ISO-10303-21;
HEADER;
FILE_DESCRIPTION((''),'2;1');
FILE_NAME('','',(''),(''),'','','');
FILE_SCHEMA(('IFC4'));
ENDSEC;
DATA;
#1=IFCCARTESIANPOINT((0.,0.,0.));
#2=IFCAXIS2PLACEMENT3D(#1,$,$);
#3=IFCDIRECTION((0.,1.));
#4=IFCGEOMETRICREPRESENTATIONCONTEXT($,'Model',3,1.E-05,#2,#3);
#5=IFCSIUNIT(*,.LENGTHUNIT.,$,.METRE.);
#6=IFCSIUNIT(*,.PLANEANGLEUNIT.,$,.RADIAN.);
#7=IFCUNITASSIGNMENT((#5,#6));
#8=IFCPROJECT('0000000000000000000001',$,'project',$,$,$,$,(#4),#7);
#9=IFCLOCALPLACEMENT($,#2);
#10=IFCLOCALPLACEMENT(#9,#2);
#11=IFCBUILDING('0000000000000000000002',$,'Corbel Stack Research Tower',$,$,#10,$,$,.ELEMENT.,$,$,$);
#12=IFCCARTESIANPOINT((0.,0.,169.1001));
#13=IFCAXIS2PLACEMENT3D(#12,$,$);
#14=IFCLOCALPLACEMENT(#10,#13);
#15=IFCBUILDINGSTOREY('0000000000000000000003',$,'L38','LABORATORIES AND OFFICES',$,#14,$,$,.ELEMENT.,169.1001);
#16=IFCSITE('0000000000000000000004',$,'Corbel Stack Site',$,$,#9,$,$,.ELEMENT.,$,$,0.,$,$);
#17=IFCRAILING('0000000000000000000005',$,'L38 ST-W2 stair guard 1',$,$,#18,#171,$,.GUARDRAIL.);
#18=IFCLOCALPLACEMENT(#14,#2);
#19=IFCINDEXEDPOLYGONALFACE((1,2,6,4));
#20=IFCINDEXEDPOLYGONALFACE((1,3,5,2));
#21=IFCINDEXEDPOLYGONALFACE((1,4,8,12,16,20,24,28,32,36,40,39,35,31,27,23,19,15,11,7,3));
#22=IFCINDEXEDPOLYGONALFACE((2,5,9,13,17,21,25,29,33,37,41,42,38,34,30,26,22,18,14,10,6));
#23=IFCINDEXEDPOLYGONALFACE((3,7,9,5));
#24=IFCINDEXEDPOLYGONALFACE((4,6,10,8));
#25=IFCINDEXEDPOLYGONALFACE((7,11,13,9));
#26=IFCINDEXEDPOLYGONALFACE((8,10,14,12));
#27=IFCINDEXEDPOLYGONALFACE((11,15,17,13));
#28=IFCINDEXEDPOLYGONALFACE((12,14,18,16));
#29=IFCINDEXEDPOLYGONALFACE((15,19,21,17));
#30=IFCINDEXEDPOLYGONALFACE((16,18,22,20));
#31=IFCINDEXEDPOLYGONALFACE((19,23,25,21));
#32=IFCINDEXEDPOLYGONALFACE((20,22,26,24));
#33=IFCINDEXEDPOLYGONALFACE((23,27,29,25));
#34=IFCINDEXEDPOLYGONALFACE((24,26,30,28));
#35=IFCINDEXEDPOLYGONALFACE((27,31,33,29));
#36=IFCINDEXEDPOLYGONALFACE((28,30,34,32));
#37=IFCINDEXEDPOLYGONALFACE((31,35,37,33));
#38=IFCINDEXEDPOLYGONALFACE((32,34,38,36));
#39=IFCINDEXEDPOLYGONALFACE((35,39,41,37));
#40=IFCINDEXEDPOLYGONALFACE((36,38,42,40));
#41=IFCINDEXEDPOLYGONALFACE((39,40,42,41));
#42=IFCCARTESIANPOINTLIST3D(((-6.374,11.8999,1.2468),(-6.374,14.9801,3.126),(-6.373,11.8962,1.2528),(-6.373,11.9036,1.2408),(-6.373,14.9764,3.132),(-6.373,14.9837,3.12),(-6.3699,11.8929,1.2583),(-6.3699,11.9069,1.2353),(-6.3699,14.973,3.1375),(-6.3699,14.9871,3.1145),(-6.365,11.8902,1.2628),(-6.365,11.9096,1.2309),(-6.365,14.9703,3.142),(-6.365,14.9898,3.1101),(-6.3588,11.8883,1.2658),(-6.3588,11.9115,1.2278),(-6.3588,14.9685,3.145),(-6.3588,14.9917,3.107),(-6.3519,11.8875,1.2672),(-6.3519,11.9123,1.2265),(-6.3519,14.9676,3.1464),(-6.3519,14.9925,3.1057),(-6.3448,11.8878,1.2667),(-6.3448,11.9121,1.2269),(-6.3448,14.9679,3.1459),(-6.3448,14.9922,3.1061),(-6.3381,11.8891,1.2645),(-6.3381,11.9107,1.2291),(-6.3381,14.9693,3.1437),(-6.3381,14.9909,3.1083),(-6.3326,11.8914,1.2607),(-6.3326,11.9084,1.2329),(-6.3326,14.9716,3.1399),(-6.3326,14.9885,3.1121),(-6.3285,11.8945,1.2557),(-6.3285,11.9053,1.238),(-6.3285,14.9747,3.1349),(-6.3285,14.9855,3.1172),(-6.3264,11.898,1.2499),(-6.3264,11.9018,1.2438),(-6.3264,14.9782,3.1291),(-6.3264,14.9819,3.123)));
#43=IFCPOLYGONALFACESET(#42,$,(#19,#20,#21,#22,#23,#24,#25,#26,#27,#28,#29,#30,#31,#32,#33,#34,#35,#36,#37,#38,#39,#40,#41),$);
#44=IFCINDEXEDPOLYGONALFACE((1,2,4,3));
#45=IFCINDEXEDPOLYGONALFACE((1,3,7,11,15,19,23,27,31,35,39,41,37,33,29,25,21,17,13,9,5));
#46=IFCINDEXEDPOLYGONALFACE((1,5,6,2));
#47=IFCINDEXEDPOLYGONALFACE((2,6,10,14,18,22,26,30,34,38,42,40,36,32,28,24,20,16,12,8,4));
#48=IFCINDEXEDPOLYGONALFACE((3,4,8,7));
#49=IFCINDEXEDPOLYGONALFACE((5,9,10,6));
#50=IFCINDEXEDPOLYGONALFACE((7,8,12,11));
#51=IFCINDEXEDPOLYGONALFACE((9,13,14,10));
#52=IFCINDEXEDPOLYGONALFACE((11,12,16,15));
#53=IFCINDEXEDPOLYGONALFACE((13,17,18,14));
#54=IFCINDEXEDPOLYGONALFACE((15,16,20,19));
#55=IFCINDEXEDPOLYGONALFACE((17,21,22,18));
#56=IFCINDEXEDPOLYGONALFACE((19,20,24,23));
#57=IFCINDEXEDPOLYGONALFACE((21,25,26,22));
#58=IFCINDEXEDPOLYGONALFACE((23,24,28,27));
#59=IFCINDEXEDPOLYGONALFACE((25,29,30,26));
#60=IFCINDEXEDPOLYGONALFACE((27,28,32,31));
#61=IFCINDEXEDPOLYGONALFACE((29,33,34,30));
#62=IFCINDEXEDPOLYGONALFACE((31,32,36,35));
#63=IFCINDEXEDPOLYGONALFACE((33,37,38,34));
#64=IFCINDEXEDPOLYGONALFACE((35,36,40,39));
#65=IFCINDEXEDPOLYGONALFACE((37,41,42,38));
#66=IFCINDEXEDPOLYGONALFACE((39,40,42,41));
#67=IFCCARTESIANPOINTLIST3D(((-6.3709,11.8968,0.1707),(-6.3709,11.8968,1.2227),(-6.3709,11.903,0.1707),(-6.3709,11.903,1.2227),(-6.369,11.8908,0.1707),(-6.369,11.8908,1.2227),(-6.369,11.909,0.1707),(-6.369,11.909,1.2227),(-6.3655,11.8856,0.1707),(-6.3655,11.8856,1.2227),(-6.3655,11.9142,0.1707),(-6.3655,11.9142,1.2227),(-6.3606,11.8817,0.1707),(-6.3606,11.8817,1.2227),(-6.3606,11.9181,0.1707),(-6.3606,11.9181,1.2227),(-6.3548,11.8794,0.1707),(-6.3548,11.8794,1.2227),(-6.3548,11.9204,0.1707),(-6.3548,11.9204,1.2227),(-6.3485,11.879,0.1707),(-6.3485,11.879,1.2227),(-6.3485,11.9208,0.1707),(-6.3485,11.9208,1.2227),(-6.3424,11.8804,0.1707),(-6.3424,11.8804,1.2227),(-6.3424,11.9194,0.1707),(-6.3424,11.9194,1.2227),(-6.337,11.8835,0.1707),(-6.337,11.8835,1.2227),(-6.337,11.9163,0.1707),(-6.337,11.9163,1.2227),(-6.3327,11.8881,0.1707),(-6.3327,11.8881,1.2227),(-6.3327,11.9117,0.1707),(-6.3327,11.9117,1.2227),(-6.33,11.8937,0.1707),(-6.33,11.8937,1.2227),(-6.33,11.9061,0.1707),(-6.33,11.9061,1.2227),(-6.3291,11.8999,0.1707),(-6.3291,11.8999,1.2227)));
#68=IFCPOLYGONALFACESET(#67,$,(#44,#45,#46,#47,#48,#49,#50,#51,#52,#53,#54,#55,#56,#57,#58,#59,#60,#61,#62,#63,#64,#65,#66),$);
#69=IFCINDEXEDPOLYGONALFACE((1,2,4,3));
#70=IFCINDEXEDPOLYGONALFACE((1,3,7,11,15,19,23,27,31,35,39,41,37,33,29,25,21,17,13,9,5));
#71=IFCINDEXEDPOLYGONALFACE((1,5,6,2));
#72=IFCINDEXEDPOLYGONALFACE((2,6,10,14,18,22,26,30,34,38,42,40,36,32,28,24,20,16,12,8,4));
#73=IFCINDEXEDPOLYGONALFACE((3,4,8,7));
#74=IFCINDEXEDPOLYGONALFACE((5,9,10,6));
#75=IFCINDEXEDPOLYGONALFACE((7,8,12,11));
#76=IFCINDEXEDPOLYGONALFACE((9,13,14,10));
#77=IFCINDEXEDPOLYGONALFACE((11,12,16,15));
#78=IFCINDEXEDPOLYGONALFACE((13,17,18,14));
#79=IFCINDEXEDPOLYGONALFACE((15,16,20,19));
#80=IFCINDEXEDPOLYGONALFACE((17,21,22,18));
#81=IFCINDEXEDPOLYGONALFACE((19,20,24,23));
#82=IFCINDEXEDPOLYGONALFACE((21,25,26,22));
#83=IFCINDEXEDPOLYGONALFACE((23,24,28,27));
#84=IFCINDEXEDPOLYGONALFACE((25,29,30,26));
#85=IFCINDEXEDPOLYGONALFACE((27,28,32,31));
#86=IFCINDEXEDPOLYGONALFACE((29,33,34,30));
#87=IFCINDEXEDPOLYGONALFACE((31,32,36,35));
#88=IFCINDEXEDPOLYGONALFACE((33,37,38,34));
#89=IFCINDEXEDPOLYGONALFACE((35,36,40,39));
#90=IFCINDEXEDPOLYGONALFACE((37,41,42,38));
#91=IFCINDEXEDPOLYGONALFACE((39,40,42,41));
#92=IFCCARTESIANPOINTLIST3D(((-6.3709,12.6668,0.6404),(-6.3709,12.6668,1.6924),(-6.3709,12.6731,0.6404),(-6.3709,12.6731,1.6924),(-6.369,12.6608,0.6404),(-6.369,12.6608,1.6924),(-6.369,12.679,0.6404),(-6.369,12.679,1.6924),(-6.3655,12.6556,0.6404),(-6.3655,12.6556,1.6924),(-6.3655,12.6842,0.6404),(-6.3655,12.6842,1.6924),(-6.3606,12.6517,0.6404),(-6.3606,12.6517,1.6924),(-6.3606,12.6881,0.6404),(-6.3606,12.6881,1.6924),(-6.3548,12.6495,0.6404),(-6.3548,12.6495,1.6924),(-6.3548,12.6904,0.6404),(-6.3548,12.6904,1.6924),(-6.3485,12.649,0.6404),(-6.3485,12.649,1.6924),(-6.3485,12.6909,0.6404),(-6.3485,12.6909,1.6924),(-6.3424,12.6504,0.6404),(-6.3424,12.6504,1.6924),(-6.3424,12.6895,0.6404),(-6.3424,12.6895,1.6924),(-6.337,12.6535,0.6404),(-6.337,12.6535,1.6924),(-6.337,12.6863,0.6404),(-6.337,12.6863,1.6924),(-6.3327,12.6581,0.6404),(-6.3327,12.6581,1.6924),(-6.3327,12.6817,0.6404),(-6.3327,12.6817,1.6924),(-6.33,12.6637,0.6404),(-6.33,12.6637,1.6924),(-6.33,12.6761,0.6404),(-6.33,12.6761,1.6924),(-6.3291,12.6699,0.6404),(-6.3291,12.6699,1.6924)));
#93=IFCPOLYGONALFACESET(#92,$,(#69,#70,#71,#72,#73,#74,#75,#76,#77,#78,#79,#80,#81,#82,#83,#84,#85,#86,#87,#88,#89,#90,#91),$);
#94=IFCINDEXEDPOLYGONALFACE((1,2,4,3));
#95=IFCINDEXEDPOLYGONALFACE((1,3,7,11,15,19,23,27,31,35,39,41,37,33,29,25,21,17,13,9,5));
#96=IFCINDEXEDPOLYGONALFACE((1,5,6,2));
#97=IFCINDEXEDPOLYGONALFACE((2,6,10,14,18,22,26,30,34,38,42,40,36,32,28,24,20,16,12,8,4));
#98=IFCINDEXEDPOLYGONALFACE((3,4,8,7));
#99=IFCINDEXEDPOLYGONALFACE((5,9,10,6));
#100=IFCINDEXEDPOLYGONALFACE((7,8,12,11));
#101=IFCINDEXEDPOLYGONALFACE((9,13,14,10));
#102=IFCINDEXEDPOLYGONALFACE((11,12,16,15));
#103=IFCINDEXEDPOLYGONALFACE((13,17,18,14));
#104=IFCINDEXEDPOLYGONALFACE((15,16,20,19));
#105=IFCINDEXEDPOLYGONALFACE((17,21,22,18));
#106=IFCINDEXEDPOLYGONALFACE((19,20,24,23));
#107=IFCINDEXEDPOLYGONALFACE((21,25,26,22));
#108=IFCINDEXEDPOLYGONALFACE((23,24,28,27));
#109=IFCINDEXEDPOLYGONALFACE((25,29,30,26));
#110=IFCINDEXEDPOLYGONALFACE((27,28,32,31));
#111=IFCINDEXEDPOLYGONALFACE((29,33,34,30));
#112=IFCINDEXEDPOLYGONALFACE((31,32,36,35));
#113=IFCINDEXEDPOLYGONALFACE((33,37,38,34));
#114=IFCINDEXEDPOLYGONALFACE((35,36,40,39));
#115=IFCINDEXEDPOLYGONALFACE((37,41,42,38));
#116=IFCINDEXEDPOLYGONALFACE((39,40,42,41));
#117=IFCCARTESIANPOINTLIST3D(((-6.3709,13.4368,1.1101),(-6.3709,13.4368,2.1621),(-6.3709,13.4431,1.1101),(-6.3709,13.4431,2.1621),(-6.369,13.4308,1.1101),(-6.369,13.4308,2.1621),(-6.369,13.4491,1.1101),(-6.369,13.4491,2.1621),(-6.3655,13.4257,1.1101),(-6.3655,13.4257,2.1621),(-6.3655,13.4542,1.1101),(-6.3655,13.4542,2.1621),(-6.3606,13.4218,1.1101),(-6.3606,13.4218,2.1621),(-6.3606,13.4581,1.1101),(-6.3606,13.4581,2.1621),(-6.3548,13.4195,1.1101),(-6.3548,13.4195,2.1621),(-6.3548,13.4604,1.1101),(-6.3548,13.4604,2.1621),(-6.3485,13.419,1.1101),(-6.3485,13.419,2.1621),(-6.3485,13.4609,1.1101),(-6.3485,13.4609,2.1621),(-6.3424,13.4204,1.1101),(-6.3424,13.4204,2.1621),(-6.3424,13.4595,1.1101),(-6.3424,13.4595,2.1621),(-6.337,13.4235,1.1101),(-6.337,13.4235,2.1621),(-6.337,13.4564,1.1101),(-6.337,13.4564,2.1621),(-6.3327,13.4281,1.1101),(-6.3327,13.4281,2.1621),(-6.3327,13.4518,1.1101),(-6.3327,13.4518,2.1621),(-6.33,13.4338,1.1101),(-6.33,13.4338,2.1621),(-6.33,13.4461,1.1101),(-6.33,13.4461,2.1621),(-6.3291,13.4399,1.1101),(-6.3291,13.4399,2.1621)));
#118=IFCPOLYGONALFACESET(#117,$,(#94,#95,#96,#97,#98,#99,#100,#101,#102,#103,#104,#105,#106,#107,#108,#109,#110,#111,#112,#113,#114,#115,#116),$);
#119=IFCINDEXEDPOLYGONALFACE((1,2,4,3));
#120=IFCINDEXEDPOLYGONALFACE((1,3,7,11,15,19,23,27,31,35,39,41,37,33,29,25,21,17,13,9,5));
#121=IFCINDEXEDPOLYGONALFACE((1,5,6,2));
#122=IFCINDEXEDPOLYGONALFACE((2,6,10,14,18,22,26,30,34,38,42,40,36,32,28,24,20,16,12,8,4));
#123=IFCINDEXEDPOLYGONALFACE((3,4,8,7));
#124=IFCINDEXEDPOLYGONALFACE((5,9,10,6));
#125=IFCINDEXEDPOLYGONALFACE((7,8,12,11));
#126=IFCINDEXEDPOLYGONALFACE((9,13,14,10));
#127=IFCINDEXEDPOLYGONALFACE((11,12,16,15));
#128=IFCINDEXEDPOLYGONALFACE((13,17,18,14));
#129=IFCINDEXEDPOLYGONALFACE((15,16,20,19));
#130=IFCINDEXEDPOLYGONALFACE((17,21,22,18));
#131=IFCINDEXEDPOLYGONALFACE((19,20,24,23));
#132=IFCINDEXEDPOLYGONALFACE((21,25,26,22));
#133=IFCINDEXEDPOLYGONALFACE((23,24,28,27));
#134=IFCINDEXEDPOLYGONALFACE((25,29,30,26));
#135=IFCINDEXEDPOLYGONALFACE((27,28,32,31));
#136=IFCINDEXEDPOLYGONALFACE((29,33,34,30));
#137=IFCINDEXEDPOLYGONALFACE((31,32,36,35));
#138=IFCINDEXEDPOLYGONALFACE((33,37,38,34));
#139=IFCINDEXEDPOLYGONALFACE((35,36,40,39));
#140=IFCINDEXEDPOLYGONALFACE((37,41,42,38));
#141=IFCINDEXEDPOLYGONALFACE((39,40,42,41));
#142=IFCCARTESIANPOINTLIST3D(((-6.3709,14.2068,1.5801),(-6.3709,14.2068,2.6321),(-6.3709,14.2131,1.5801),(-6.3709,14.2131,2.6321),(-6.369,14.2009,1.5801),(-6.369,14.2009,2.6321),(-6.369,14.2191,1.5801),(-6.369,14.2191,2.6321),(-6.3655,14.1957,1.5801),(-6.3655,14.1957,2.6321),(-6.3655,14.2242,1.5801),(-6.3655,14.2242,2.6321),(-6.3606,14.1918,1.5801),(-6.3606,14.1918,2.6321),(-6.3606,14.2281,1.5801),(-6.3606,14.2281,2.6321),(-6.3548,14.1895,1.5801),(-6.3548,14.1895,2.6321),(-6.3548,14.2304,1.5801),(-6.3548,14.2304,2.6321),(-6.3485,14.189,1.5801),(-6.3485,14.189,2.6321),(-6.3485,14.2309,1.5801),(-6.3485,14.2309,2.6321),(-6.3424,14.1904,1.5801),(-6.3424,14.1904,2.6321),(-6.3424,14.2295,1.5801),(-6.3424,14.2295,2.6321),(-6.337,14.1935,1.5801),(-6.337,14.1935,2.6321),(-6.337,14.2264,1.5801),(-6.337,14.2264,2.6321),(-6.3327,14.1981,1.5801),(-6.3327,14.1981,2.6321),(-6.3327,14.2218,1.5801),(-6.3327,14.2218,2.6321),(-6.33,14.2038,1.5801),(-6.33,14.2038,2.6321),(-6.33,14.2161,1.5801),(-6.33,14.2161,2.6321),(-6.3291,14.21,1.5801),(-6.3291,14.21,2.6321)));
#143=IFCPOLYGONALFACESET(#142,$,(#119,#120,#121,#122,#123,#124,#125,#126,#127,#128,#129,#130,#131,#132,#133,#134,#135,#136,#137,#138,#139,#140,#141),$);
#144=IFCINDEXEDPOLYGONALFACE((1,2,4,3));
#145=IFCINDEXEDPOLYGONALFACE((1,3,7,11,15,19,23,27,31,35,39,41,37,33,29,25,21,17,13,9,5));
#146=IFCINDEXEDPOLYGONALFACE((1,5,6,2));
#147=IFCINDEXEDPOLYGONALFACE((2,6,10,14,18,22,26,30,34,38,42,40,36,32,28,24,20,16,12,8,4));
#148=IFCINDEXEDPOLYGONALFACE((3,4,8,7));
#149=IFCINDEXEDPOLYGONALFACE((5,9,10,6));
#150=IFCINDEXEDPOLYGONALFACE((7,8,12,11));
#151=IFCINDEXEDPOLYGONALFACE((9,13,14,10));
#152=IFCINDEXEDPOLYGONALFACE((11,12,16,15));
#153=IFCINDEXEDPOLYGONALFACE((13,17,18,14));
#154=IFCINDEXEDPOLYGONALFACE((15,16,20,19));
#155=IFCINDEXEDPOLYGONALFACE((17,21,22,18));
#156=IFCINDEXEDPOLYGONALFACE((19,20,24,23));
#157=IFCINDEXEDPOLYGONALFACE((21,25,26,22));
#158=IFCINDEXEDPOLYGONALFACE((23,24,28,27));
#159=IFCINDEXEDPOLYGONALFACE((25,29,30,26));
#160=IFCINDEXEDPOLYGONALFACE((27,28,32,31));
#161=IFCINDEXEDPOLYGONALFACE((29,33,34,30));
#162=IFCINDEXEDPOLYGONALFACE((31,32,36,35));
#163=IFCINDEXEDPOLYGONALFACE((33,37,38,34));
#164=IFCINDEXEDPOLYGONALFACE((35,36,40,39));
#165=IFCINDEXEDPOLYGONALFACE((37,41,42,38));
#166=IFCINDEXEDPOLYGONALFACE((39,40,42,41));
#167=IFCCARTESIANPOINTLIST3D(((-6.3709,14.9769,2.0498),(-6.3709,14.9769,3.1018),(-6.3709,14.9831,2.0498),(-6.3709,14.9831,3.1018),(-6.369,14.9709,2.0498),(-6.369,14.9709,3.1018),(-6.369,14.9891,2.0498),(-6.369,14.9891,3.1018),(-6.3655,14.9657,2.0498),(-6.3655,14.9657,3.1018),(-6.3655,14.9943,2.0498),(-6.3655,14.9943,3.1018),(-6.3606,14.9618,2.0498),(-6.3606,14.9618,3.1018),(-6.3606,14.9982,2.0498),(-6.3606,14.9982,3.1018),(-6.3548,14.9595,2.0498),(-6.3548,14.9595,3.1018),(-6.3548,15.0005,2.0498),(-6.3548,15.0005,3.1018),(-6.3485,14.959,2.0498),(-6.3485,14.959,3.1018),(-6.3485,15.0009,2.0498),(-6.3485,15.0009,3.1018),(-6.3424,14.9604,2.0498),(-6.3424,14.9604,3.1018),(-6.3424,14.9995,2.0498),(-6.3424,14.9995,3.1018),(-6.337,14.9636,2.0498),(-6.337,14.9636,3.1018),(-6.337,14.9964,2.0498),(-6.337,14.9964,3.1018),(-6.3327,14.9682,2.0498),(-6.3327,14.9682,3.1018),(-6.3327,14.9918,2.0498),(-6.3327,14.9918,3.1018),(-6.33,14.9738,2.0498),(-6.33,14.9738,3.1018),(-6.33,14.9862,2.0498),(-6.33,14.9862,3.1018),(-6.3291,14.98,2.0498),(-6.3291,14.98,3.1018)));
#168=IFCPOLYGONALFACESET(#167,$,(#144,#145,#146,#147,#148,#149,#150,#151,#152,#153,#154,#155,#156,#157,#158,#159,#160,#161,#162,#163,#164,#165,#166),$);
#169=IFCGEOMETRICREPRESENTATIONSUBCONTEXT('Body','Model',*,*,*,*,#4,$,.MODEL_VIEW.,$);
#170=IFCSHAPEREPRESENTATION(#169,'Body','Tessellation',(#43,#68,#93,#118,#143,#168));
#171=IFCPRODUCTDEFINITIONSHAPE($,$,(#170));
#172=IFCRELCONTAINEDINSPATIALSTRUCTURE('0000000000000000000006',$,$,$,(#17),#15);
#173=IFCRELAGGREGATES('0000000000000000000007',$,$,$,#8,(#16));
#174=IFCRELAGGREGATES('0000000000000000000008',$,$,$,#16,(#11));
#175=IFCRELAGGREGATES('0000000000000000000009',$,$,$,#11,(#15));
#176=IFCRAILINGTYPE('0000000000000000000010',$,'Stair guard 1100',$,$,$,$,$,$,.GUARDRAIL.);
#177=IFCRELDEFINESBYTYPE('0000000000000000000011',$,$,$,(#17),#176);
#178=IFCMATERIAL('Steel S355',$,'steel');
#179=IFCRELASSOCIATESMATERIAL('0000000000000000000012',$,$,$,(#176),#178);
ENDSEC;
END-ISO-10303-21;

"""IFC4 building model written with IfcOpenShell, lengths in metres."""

from ifc_helpers import new_model, si_unit, direction, frame, origin, origin_2d, place, context, subcontext, project, spatial, circle, extrude, material, type_object, element, save


model = new_model("IFC4")

# Units and contexts
model_context = context("Model", 3, precision=1e-05, world=origin(), true_north=direction((0.0, 1.0)))
body_context = subcontext(model_context, "Body", "Model", "MODEL_VIEW")
ifc_project = project(units=[si_unit("LENGTHUNIT", "METRE"), si_unit("PLANEANGLEUNIT", "RADIAN")], contexts=[model_context])

# Site, building, storey
site_placement = place(None, origin())
site = spatial("IfcSite", under=ifc_project, at=site_placement, Name="Corbel Stack Site", CompositionType="ELEMENT", RefElevation=0.0)
building_placement = place(site_placement, origin())
building = spatial("IfcBuilding", under=site, at=building_placement, Name="Corbel Stack Research Tower", CompositionType="ELEMENT")
storey_placement = place(building_placement, frame((0.0, 0.0, 169.1001)))
storey = spatial("IfcBuildingStorey", under=building, at=storey_placement, Name="L38", Description="LABORATORIES AND OFFICES", CompositionType="ELEMENT", Elevation=169.1001)

# Railing
ifc_material_1 = material(Name="Steel S355", Category="steel")
railing_type_1 = type_object("IfcRailingType", Name="Stair guard 1100", PredefinedType="GUARDRAIL", material=ifc_material_1)
railing_1_placement = place(storey_placement, frame((-6.3501, 11.8999, 0.1707)))
element("IfcRailing", 1, at=railing_1_placement, inside=storey, type_object=railing_type_1, Name="L38 ST-W2 stair guard 1", PredefinedType="GUARDRAIL", context=body_context, shape_type="SweptSolid", body=[
    extrude(circle(Radius=0.0239, at=origin_2d()), frame((0.0, 0.0, 1.0762), z_axis=(0.0, 0.853666, 0.52082), x_axis=(-1.0, 0.0, 0.0)), (0.0, 0.0, 1.0), 3.6082),
    extrude(circle(Radius=0.021, at=origin_2d()), origin(), (0.0, 0.0, 1.0), 1.052),
    extrude(circle(Radius=0.021, at=origin_2d()), frame((0.0, 0.77, 0.4697)), (0.0, 0.0, 1.0), 1.052),
    extrude(circle(Radius=0.021, at=origin_2d()), frame((0.0, 1.54, 0.9395)), (0.0, 0.0, 1.0), 1.052),
    extrude(circle(Radius=0.021, at=origin_2d()), frame((0.0, 2.3101, 1.4094)), (0.0, 0.0, 1.0), 1.052),
    extrude(circle(Radius=0.021, at=origin_2d()), frame((0.0, 3.0801, 1.8792)), (0.0, 0.0, 1.0), 1.052),
])

save(model, "model.ifc")
